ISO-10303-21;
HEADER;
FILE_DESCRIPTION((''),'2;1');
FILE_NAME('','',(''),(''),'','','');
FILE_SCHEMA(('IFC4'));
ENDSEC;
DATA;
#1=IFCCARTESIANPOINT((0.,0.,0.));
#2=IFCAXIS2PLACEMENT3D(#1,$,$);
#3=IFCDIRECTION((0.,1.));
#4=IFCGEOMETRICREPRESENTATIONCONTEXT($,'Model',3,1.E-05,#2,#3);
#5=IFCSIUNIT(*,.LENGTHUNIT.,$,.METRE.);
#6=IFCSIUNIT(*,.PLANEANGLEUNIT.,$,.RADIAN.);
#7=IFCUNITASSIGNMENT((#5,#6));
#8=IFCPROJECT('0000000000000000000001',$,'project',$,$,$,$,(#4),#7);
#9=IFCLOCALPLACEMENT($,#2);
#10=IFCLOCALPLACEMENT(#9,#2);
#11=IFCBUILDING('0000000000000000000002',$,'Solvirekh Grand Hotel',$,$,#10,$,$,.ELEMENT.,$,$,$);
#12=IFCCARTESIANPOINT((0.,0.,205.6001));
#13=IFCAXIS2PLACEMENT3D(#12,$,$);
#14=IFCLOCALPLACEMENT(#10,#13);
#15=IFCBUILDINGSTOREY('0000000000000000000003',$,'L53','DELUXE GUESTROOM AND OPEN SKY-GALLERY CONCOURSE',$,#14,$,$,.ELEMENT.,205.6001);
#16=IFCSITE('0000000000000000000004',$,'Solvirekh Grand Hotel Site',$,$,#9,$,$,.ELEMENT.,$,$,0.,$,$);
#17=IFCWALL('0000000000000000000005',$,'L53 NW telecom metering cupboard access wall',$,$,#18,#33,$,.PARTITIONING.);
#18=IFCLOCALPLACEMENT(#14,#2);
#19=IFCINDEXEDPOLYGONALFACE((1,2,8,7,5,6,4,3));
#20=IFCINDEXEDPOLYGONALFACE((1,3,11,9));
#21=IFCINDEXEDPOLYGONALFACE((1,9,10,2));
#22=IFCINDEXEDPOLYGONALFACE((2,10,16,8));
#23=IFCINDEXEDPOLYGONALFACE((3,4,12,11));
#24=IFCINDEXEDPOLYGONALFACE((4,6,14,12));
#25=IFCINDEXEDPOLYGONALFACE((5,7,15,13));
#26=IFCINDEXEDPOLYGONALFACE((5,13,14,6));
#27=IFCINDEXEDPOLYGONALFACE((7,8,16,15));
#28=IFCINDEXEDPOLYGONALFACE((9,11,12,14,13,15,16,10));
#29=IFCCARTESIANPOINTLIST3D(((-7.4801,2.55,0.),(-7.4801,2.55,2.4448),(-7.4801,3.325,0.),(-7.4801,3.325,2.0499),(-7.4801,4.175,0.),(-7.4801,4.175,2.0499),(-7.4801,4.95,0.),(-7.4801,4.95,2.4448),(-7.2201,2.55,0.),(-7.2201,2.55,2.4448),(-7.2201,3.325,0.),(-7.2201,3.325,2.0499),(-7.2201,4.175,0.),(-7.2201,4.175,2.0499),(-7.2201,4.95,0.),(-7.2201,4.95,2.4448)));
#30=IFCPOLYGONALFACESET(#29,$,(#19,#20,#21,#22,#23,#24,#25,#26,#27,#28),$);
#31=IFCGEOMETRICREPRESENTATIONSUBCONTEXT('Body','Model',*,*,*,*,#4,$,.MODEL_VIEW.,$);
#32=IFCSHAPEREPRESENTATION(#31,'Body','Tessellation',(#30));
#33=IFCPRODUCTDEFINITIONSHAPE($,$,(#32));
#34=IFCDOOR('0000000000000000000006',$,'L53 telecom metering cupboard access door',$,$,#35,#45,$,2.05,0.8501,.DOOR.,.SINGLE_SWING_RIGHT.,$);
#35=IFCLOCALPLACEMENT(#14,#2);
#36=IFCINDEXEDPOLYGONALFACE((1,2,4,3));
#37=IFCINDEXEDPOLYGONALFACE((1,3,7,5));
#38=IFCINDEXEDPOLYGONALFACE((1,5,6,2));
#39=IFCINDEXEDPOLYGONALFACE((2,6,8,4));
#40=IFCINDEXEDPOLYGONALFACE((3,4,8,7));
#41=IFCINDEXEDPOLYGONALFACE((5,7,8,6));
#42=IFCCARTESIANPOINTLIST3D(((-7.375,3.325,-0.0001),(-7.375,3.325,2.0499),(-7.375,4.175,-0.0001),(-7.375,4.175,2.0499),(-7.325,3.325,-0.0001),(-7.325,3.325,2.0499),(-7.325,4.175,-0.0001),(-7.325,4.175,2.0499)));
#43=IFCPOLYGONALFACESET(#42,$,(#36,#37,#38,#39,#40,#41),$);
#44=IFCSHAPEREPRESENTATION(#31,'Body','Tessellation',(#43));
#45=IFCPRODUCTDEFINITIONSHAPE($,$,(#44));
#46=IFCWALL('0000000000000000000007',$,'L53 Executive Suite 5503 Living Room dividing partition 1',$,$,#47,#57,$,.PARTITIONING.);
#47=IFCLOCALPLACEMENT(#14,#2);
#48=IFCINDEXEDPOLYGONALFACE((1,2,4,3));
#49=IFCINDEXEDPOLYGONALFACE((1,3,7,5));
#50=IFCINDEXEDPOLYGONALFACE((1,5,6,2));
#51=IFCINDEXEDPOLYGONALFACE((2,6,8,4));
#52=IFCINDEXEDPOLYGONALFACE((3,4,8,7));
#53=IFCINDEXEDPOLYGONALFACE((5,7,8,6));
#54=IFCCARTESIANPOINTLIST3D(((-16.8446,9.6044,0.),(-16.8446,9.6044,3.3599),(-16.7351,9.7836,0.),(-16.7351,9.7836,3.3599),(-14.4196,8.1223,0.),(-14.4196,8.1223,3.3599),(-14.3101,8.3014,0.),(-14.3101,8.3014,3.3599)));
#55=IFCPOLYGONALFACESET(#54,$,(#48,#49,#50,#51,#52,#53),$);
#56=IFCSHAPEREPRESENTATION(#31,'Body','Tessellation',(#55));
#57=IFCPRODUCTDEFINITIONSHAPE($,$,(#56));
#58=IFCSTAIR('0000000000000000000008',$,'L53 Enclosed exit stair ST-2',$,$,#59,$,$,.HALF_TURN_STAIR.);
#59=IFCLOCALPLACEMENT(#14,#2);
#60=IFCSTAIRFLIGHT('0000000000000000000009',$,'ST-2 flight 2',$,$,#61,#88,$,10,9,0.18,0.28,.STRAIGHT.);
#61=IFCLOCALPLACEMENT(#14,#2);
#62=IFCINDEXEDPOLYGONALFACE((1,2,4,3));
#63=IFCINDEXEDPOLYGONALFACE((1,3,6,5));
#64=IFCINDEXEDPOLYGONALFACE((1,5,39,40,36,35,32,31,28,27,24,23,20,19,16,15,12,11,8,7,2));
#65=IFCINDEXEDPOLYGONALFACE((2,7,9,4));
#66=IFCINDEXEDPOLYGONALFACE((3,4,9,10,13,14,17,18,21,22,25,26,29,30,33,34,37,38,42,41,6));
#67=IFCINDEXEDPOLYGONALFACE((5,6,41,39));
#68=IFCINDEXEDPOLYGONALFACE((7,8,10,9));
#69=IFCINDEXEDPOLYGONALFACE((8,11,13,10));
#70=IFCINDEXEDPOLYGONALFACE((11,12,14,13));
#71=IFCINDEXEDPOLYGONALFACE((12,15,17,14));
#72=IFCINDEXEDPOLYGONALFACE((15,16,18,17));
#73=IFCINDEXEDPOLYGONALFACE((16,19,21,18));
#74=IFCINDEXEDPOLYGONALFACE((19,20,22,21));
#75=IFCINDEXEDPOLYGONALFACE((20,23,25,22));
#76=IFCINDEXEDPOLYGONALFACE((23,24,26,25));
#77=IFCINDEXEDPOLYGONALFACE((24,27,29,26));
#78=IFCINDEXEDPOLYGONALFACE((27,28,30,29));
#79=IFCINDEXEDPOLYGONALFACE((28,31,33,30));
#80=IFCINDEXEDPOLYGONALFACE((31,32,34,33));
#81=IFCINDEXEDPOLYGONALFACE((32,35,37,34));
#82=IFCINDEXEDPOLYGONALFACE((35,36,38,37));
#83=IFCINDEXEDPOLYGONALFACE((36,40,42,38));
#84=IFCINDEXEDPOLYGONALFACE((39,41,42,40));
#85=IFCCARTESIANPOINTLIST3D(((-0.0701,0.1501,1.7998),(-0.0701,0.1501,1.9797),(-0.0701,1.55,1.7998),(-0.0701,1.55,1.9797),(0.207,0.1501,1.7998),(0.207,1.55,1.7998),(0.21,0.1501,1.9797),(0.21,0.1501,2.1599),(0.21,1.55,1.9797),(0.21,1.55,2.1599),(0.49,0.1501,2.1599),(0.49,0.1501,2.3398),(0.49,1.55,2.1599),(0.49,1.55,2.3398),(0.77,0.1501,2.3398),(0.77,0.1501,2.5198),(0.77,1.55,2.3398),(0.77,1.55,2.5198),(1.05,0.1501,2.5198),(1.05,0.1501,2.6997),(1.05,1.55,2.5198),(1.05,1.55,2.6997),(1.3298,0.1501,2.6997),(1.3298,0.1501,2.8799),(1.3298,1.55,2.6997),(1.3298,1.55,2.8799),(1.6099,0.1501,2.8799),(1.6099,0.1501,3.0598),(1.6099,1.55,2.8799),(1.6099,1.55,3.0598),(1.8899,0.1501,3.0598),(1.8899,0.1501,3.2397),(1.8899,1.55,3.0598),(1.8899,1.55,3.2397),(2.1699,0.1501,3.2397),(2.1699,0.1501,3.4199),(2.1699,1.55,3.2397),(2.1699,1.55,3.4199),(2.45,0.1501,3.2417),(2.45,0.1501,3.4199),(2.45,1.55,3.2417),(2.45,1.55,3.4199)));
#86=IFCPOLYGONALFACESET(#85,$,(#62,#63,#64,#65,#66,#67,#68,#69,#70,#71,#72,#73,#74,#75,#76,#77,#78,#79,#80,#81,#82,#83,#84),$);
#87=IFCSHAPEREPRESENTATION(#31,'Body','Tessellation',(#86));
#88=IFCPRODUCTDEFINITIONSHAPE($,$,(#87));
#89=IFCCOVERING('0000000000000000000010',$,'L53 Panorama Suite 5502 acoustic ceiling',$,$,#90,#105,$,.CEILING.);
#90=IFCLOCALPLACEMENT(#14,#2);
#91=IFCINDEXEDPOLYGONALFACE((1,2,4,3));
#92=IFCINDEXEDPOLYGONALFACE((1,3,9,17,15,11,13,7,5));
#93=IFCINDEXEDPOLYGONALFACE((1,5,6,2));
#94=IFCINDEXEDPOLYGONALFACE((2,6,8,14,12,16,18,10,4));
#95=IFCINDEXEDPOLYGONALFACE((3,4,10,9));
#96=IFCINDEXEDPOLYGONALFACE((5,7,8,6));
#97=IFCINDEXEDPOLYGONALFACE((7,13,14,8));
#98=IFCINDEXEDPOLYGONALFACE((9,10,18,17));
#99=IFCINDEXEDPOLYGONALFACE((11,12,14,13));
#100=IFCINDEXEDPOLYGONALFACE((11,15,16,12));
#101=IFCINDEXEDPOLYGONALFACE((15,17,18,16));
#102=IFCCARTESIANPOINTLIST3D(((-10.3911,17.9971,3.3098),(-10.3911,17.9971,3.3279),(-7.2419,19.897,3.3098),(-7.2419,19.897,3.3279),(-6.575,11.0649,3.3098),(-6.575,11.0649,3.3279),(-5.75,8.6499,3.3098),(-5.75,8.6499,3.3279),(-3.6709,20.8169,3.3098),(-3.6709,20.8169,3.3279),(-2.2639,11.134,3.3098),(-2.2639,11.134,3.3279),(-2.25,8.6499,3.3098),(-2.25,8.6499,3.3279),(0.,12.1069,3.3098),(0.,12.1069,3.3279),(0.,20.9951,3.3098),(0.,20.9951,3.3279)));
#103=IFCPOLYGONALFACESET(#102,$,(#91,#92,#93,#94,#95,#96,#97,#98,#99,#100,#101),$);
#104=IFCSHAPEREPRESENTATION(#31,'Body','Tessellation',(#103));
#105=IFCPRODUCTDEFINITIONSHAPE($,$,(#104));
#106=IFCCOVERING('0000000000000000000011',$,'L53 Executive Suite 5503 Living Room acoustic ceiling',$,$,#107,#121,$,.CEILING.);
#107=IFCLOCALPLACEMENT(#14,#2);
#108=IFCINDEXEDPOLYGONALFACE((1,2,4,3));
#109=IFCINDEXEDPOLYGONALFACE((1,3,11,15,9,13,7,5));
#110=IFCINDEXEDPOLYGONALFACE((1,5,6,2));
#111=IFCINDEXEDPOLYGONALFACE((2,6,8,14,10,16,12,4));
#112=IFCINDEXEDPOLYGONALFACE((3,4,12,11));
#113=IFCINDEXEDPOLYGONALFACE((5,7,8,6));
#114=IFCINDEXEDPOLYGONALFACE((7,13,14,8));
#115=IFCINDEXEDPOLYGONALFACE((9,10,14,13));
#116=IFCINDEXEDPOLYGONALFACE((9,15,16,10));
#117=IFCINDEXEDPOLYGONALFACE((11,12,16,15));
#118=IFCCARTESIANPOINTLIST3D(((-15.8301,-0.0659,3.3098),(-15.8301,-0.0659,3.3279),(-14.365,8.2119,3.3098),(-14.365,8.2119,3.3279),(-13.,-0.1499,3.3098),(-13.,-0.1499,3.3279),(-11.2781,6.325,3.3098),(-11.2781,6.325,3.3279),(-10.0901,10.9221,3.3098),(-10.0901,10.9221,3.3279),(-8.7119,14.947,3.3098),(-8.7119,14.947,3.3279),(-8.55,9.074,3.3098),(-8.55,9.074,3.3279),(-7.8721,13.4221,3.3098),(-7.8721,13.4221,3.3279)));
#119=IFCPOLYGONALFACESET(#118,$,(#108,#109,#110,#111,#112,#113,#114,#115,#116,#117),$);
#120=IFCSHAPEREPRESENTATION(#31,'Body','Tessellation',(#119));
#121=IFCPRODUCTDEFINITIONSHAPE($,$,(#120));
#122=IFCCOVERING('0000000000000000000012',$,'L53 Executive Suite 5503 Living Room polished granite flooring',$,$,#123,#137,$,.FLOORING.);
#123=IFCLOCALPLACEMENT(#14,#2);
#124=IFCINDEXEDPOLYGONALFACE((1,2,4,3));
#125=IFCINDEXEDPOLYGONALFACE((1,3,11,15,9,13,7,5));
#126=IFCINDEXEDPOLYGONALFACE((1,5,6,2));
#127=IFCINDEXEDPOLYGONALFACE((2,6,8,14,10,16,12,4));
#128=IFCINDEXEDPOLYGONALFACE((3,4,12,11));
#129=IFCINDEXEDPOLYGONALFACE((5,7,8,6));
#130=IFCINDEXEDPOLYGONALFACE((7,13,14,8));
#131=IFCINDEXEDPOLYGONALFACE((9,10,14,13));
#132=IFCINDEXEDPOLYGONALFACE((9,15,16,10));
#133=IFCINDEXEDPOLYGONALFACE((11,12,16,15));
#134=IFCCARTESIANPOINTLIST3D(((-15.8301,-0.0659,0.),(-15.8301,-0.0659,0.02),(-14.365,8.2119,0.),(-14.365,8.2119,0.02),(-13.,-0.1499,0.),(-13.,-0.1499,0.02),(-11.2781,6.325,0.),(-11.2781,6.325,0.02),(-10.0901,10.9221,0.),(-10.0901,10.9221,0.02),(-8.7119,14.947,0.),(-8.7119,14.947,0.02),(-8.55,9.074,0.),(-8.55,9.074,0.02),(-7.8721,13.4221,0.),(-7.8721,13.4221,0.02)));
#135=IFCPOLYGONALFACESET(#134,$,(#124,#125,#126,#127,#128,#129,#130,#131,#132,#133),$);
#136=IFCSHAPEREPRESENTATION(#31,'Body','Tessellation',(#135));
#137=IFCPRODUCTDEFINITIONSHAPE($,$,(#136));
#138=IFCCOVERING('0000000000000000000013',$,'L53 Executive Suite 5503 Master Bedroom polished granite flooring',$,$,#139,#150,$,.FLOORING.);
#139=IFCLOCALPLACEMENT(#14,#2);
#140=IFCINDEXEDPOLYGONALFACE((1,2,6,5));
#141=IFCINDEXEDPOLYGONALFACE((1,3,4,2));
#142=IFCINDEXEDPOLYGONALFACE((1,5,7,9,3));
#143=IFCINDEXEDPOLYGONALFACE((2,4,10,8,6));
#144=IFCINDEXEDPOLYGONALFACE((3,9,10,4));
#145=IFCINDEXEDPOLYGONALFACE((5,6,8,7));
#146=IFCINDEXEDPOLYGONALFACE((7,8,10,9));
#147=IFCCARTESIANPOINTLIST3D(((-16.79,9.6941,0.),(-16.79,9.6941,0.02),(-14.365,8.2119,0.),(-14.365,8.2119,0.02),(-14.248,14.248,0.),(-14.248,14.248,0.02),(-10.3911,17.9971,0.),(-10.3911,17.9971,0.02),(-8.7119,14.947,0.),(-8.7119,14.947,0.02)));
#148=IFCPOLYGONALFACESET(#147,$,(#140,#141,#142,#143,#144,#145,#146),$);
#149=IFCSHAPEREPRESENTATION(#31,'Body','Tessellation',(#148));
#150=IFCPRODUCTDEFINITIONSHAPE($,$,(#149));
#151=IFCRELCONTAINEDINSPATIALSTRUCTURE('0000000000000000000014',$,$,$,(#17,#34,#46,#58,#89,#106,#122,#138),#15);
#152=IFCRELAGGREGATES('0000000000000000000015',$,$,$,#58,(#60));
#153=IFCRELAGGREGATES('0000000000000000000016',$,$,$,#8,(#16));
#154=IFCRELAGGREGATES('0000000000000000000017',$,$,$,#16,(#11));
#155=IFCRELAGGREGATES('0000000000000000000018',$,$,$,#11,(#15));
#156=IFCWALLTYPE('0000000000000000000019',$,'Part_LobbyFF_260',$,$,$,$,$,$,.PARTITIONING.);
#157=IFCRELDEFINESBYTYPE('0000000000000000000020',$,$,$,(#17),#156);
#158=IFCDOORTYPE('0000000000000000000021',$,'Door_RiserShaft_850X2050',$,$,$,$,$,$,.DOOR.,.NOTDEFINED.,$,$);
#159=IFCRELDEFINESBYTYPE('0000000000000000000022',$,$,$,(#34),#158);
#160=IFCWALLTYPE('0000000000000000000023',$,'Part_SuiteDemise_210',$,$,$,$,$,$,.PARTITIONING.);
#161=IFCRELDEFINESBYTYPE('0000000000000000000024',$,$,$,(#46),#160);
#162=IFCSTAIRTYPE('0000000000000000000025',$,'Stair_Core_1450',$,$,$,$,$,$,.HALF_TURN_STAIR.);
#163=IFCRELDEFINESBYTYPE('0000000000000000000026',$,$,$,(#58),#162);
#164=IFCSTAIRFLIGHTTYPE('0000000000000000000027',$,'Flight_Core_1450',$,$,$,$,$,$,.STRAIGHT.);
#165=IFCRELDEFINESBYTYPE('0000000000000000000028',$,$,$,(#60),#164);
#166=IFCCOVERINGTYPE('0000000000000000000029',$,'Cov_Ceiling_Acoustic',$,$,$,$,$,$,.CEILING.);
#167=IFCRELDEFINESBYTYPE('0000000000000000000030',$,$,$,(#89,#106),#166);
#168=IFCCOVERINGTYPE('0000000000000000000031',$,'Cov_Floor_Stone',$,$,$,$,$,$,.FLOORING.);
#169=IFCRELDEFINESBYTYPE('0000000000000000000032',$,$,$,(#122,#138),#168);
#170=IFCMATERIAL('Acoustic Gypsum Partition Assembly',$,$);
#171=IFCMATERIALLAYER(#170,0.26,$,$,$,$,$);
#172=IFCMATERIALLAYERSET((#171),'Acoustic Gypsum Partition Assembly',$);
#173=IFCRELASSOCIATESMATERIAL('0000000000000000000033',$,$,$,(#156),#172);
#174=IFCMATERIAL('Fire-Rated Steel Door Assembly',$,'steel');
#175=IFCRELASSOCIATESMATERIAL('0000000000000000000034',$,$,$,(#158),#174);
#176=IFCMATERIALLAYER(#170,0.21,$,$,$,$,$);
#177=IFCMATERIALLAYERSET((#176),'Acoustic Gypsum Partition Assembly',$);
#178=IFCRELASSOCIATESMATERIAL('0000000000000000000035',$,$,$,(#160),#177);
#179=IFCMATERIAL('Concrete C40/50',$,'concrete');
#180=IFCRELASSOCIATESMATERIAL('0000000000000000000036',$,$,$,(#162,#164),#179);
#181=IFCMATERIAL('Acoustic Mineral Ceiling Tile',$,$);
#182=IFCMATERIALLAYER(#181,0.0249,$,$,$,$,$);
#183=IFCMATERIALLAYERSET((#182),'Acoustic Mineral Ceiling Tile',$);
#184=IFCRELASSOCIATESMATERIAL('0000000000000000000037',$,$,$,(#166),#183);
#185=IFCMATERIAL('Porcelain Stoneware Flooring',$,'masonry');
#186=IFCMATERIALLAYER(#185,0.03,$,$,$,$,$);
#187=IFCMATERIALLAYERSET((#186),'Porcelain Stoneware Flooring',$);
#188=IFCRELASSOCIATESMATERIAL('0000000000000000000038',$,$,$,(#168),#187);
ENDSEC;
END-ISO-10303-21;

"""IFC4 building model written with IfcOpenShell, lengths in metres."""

from ifc_helpers import new_model, si_unit, direction, frame, frame_2d, origin, place, context, subcontext, project, spatial, polyline, rectangle, outline, extrude, material, layer, layer_set, type_object, element, fill, aggregate, save


model = new_model("IFC4")

# Units and contexts
model_context = context("Model", 3, precision=1e-05, world=origin(), true_north=direction((0.0, 1.0)))
body_context = subcontext(model_context, "Body", "Model", "MODEL_VIEW")
ifc_project = project(units=[si_unit("LENGTHUNIT", "METRE"), si_unit("PLANEANGLEUNIT", "RADIAN")], contexts=[model_context])

# Site, building, storey
site_placement = place(None, origin())
site = spatial("IfcSite", under=ifc_project, at=site_placement, Name="Solvirekh Grand Hotel Site", CompositionType="ELEMENT", RefElevation=0.0)
building_placement = place(site_placement, origin())
building = spatial("IfcBuilding", under=site, at=building_placement, Name="Solvirekh Grand Hotel", CompositionType="ELEMENT")
storey_placement = place(building_placement, frame((0.0, 0.0, 205.6001)))
storey = spatial("IfcBuildingStorey", under=building, at=storey_placement, Name="L53", Description="DELUXE GUESTROOM AND OPEN SKY-GALLERY CONCOURSE", CompositionType="ELEMENT", Elevation=205.6001)

# Shared definitions
ifc_material_1 = material(Name="Concrete C40/50", Category="concrete")
ifc_material_2 = material(Name="Fire-Rated Steel Door Assembly", Category="steel")

# Shared definitions
ifc_material_3 = material(Name="Acoustic Gypsum Partition Assembly")
ifc_layer_1 = layer(ifc_material_3, 0.26)
ifc_layer_set_1 = layer_set([ifc_layer_1], Name="Acoustic Gypsum Partition Assembly")
wall_type_1 = type_object("IfcWallType", Name="Part_LobbyFF_260", PredefinedType="PARTITIONING", material=ifc_layer_set_1)

# Wall, opening, door
wall_1_placement = place(storey_placement, frame((-7.3501, 2.55, 0.0), z_axis=(0.0, 0.0, 1.0), x_axis=(0.0, 1.0, 0.0)))
wall_1 = element("IfcWall", 1, at=wall_1_placement, inside=storey, type_object=wall_type_1, Name="L53 NW telecom metering cupboard access wall", PredefinedType="PARTITIONING", context=body_context, shape_type="SweptSolid", body=[
    extrude(rectangle(XDim=2.3999, YDim=0.26, at=frame_2d((1.2, 0.0))), origin(), (0.0, 0.0, 1.0), 2.4448),
])
opening_1_placement = place(wall_1_placement, frame((0.7749, 0.0, 0.0)))
opening_1 = element("IfcOpeningElement", 2, at=opening_1_placement, cuts=wall_1, PredefinedType="OPENING", context=body_context, shape_type="SweptSolid", body=[
    extrude(rectangle(XDim=0.8501, YDim=2.05, at=frame_2d((0.425, 1.0249))), frame((0.0, 0.1401, 0.0), z_axis=(0.0, -1.0, 0.0), x_axis=(1.0, 0.0, 0.0)), (0.0, 0.0, 1.0), 0.28),
])
door_type_1 = type_object("IfcDoorType", Name="Door_RiserShaft_850X2050", OperationType="NOTDEFINED", PredefinedType="DOOR", material=ifc_material_2)
door_1_placement = place(opening_1_placement, origin())
door_1 = element("IfcDoor", 3, at=door_1_placement, inside=storey, type_object=door_type_1, Name="L53 telecom metering cupboard access door", OperationType="SINGLE_SWING_RIGHT", OverallHeight=2.05, OverallWidth=0.8501, PredefinedType="DOOR", context=body_context, shape_type="SweptSolid", body=[
    extrude(rectangle(XDim=0.8501, YDim=2.05, at=frame_2d((0.425, 1.0249))), frame((0.0, 0.0249, 0.0), z_axis=(0.0, -1.0, 0.0), x_axis=(1.0, 0.0, 0.0)), (0.0, 0.0, 1.0), 0.05),
])
fill(opening_1, door_1)

# Wall
ifc_layer_2 = layer(ifc_material_3, 0.21)
ifc_layer_set_2 = layer_set([ifc_layer_2], Name="Acoustic Gypsum Partition Assembly")
wall_type_2 = type_object("IfcWallType", Name="Part_SuiteDemise_210", PredefinedType="PARTITIONING", material=ifc_layer_set_2)
wall_2_placement = place(storey_placement, frame((-14.365, 8.2119, 0.0), z_axis=(0.0, 0.0, 1.0), x_axis=(-0.85325, 0.521502, 0.0)))
element("IfcWall", 4, at=wall_2_placement, inside=storey, type_object=wall_type_2, Name="L53 Executive Suite 5503 Living Room dividing partition 1", PredefinedType="PARTITIONING", context=body_context, shape_type="SweptSolid", body=[
    extrude(rectangle(XDim=2.842, YDim=0.21, at=frame_2d((1.4209, 0.0))), origin(), (0.0, 0.0, 1.0), 3.3599),
])

# Stair, stair flight
stair_type = type_object("IfcStairType", Name="Stair_Core_1450", PredefinedType="HALF_TURN_STAIR", material=ifc_material_1)
stair_placement = place(storey_placement, origin())
stair = element("IfcStair", 5, at=stair_placement, inside=storey, type_object=stair_type, Name="L53 Enclosed exit stair ST-2", PredefinedType="HALF_TURN_STAIR")
stair_flight_type = type_object("IfcStairFlightType", Name="Flight_Core_1450", PredefinedType="STRAIGHT", material=ifc_material_1)
stair_flight_placement = place(storey_placement, frame((-0.0701, 0.8501, 1.7998), z_axis=(0.0, 0.0, 1.0), x_axis=(1.0, 0.0, 0.0)))
stair_flight = element("IfcStairFlight", 6, at=stair_flight_placement, type_object=stair_flight_type, Name="ST-2 flight 2", NumberOfRisers=10, NumberOfTreads=9, PredefinedType="STRAIGHT", RiserHeight=0.18, TreadLength=0.28, context=body_context, shape_type="SweptSolid", body=[
    extrude(outline(polyline([(0.0, 0.0), (0.0, 0.1799), (0.28, 0.1799), (0.28, 0.3601), (0.5601, 0.3601), (0.5601, 0.54), (0.8401, 0.54), (0.8401, 0.72), (1.1201, 0.72), (1.1201, 0.8999), (1.3999, 0.8999), (1.3999, 1.0801), (1.6799, 1.0801), (1.6799, 1.26), (1.96, 1.26), (1.96, 1.4399), (2.24, 1.4399), (2.24, 1.6201), (2.52, 1.6201), (2.52, 1.8), (2.52, 1.4419), (0.2771, 0.0), (0.0, 0.0)])), frame((0.0, 0.7, 0.0), z_axis=(0.0, -1.0, 0.0), x_axis=(1.0, 0.0, 0.0)), (0.0, 0.0, 1.0), 1.3999),
])
aggregate(stair, [stair_flight])

# Coverings
ifc_material_4 = material(Name="Acoustic Mineral Ceiling Tile")
ifc_layer_3 = layer(ifc_material_4, 0.0249)
ifc_layer_set_3 = layer_set([ifc_layer_3], Name="Acoustic Mineral Ceiling Tile")
covering_type_1 = type_object("IfcCoveringType", Name="Cov_Ceiling_Acoustic", PredefinedType="CEILING", material=ifc_layer_set_3)
covering_1_placement = place(storey_placement, frame((0.0, 0.0, 3.3098)))
element("IfcCovering", 7, at=covering_1_placement, inside=storey, type_object=covering_type_1, Name="L53 Panorama Suite 5502 acoustic ceiling", PredefinedType="CEILING", context=body_context, shape_type="SweptSolid", body=[
    extrude(outline(polyline([(-2.25, 8.6499), (-2.2639, 11.134), (0.0, 12.1069), (0.0, 20.9951), (-3.6709, 20.8169), (-7.2419, 19.897), (-10.3911, 17.9971), (-6.575, 11.0649), (-5.75, 8.6499), (-2.25, 8.6499)])), origin(), (0.0, 0.0, 1.0), 0.0181),
])
covering_2_placement = place(storey_placement, frame((0.0, 0.0, 3.3098)))
element("IfcCovering", 8, at=covering_2_placement, inside=storey, type_object=covering_type_1, Name="L53 Executive Suite 5503 Living Room acoustic ceiling", PredefinedType="CEILING", context=body_context, shape_type="SweptSolid", body=[
    extrude(outline(polyline([(-10.0901, 10.9221), (-7.8721, 13.4221), (-8.7119, 14.947), (-14.365, 8.2119), (-15.8301, -0.0659), (-13.0, -0.1499), (-11.2781, 6.325), (-8.55, 9.074), (-10.0901, 10.9221)])), origin(), (0.0, 0.0, 1.0), 0.0181),
])
ifc_material_5 = material(Name="Porcelain Stoneware Flooring", Category="masonry")
ifc_layer_4 = layer(ifc_material_5, 0.03)
ifc_layer_set_4 = layer_set([ifc_layer_4], Name="Porcelain Stoneware Flooring")
covering_type_2 = type_object("IfcCoveringType", Name="Cov_Floor_Stone", PredefinedType="FLOORING", material=ifc_layer_set_4)
covering_3_placement = place(storey_placement, origin())
element("IfcCovering", 9, at=covering_3_placement, inside=storey, type_object=covering_type_2, Name="L53 Executive Suite 5503 Living Room polished granite flooring", PredefinedType="FLOORING", context=body_context, shape_type="SweptSolid", body=[
    extrude(outline(polyline([(-10.0901, 10.9221), (-7.8721, 13.4221), (-8.7119, 14.947), (-14.365, 8.2119), (-15.8301, -0.0659), (-13.0, -0.1499), (-11.2781, 6.325), (-8.55, 9.074), (-10.0901, 10.9221)])), origin(), (0.0, 0.0, 1.0), 0.02),
])
covering_4_placement = place(storey_placement, origin())
element("IfcCovering", 10, at=covering_4_placement, inside=storey, type_object=covering_type_2, Name="L53 Executive Suite 5503 Master Bedroom polished granite flooring", PredefinedType="FLOORING", context=body_context, shape_type="SweptSolid", body=[
    extrude(outline(polyline([(-10.3911, 17.9971), (-14.248, 14.248), (-16.79, 9.6941), (-14.365, 8.2119), (-8.7119, 14.947), (-10.3911, 17.9971)])), origin(), (0.0, 0.0, 1.0), 0.02),
])

save(model, "model.ifc")
